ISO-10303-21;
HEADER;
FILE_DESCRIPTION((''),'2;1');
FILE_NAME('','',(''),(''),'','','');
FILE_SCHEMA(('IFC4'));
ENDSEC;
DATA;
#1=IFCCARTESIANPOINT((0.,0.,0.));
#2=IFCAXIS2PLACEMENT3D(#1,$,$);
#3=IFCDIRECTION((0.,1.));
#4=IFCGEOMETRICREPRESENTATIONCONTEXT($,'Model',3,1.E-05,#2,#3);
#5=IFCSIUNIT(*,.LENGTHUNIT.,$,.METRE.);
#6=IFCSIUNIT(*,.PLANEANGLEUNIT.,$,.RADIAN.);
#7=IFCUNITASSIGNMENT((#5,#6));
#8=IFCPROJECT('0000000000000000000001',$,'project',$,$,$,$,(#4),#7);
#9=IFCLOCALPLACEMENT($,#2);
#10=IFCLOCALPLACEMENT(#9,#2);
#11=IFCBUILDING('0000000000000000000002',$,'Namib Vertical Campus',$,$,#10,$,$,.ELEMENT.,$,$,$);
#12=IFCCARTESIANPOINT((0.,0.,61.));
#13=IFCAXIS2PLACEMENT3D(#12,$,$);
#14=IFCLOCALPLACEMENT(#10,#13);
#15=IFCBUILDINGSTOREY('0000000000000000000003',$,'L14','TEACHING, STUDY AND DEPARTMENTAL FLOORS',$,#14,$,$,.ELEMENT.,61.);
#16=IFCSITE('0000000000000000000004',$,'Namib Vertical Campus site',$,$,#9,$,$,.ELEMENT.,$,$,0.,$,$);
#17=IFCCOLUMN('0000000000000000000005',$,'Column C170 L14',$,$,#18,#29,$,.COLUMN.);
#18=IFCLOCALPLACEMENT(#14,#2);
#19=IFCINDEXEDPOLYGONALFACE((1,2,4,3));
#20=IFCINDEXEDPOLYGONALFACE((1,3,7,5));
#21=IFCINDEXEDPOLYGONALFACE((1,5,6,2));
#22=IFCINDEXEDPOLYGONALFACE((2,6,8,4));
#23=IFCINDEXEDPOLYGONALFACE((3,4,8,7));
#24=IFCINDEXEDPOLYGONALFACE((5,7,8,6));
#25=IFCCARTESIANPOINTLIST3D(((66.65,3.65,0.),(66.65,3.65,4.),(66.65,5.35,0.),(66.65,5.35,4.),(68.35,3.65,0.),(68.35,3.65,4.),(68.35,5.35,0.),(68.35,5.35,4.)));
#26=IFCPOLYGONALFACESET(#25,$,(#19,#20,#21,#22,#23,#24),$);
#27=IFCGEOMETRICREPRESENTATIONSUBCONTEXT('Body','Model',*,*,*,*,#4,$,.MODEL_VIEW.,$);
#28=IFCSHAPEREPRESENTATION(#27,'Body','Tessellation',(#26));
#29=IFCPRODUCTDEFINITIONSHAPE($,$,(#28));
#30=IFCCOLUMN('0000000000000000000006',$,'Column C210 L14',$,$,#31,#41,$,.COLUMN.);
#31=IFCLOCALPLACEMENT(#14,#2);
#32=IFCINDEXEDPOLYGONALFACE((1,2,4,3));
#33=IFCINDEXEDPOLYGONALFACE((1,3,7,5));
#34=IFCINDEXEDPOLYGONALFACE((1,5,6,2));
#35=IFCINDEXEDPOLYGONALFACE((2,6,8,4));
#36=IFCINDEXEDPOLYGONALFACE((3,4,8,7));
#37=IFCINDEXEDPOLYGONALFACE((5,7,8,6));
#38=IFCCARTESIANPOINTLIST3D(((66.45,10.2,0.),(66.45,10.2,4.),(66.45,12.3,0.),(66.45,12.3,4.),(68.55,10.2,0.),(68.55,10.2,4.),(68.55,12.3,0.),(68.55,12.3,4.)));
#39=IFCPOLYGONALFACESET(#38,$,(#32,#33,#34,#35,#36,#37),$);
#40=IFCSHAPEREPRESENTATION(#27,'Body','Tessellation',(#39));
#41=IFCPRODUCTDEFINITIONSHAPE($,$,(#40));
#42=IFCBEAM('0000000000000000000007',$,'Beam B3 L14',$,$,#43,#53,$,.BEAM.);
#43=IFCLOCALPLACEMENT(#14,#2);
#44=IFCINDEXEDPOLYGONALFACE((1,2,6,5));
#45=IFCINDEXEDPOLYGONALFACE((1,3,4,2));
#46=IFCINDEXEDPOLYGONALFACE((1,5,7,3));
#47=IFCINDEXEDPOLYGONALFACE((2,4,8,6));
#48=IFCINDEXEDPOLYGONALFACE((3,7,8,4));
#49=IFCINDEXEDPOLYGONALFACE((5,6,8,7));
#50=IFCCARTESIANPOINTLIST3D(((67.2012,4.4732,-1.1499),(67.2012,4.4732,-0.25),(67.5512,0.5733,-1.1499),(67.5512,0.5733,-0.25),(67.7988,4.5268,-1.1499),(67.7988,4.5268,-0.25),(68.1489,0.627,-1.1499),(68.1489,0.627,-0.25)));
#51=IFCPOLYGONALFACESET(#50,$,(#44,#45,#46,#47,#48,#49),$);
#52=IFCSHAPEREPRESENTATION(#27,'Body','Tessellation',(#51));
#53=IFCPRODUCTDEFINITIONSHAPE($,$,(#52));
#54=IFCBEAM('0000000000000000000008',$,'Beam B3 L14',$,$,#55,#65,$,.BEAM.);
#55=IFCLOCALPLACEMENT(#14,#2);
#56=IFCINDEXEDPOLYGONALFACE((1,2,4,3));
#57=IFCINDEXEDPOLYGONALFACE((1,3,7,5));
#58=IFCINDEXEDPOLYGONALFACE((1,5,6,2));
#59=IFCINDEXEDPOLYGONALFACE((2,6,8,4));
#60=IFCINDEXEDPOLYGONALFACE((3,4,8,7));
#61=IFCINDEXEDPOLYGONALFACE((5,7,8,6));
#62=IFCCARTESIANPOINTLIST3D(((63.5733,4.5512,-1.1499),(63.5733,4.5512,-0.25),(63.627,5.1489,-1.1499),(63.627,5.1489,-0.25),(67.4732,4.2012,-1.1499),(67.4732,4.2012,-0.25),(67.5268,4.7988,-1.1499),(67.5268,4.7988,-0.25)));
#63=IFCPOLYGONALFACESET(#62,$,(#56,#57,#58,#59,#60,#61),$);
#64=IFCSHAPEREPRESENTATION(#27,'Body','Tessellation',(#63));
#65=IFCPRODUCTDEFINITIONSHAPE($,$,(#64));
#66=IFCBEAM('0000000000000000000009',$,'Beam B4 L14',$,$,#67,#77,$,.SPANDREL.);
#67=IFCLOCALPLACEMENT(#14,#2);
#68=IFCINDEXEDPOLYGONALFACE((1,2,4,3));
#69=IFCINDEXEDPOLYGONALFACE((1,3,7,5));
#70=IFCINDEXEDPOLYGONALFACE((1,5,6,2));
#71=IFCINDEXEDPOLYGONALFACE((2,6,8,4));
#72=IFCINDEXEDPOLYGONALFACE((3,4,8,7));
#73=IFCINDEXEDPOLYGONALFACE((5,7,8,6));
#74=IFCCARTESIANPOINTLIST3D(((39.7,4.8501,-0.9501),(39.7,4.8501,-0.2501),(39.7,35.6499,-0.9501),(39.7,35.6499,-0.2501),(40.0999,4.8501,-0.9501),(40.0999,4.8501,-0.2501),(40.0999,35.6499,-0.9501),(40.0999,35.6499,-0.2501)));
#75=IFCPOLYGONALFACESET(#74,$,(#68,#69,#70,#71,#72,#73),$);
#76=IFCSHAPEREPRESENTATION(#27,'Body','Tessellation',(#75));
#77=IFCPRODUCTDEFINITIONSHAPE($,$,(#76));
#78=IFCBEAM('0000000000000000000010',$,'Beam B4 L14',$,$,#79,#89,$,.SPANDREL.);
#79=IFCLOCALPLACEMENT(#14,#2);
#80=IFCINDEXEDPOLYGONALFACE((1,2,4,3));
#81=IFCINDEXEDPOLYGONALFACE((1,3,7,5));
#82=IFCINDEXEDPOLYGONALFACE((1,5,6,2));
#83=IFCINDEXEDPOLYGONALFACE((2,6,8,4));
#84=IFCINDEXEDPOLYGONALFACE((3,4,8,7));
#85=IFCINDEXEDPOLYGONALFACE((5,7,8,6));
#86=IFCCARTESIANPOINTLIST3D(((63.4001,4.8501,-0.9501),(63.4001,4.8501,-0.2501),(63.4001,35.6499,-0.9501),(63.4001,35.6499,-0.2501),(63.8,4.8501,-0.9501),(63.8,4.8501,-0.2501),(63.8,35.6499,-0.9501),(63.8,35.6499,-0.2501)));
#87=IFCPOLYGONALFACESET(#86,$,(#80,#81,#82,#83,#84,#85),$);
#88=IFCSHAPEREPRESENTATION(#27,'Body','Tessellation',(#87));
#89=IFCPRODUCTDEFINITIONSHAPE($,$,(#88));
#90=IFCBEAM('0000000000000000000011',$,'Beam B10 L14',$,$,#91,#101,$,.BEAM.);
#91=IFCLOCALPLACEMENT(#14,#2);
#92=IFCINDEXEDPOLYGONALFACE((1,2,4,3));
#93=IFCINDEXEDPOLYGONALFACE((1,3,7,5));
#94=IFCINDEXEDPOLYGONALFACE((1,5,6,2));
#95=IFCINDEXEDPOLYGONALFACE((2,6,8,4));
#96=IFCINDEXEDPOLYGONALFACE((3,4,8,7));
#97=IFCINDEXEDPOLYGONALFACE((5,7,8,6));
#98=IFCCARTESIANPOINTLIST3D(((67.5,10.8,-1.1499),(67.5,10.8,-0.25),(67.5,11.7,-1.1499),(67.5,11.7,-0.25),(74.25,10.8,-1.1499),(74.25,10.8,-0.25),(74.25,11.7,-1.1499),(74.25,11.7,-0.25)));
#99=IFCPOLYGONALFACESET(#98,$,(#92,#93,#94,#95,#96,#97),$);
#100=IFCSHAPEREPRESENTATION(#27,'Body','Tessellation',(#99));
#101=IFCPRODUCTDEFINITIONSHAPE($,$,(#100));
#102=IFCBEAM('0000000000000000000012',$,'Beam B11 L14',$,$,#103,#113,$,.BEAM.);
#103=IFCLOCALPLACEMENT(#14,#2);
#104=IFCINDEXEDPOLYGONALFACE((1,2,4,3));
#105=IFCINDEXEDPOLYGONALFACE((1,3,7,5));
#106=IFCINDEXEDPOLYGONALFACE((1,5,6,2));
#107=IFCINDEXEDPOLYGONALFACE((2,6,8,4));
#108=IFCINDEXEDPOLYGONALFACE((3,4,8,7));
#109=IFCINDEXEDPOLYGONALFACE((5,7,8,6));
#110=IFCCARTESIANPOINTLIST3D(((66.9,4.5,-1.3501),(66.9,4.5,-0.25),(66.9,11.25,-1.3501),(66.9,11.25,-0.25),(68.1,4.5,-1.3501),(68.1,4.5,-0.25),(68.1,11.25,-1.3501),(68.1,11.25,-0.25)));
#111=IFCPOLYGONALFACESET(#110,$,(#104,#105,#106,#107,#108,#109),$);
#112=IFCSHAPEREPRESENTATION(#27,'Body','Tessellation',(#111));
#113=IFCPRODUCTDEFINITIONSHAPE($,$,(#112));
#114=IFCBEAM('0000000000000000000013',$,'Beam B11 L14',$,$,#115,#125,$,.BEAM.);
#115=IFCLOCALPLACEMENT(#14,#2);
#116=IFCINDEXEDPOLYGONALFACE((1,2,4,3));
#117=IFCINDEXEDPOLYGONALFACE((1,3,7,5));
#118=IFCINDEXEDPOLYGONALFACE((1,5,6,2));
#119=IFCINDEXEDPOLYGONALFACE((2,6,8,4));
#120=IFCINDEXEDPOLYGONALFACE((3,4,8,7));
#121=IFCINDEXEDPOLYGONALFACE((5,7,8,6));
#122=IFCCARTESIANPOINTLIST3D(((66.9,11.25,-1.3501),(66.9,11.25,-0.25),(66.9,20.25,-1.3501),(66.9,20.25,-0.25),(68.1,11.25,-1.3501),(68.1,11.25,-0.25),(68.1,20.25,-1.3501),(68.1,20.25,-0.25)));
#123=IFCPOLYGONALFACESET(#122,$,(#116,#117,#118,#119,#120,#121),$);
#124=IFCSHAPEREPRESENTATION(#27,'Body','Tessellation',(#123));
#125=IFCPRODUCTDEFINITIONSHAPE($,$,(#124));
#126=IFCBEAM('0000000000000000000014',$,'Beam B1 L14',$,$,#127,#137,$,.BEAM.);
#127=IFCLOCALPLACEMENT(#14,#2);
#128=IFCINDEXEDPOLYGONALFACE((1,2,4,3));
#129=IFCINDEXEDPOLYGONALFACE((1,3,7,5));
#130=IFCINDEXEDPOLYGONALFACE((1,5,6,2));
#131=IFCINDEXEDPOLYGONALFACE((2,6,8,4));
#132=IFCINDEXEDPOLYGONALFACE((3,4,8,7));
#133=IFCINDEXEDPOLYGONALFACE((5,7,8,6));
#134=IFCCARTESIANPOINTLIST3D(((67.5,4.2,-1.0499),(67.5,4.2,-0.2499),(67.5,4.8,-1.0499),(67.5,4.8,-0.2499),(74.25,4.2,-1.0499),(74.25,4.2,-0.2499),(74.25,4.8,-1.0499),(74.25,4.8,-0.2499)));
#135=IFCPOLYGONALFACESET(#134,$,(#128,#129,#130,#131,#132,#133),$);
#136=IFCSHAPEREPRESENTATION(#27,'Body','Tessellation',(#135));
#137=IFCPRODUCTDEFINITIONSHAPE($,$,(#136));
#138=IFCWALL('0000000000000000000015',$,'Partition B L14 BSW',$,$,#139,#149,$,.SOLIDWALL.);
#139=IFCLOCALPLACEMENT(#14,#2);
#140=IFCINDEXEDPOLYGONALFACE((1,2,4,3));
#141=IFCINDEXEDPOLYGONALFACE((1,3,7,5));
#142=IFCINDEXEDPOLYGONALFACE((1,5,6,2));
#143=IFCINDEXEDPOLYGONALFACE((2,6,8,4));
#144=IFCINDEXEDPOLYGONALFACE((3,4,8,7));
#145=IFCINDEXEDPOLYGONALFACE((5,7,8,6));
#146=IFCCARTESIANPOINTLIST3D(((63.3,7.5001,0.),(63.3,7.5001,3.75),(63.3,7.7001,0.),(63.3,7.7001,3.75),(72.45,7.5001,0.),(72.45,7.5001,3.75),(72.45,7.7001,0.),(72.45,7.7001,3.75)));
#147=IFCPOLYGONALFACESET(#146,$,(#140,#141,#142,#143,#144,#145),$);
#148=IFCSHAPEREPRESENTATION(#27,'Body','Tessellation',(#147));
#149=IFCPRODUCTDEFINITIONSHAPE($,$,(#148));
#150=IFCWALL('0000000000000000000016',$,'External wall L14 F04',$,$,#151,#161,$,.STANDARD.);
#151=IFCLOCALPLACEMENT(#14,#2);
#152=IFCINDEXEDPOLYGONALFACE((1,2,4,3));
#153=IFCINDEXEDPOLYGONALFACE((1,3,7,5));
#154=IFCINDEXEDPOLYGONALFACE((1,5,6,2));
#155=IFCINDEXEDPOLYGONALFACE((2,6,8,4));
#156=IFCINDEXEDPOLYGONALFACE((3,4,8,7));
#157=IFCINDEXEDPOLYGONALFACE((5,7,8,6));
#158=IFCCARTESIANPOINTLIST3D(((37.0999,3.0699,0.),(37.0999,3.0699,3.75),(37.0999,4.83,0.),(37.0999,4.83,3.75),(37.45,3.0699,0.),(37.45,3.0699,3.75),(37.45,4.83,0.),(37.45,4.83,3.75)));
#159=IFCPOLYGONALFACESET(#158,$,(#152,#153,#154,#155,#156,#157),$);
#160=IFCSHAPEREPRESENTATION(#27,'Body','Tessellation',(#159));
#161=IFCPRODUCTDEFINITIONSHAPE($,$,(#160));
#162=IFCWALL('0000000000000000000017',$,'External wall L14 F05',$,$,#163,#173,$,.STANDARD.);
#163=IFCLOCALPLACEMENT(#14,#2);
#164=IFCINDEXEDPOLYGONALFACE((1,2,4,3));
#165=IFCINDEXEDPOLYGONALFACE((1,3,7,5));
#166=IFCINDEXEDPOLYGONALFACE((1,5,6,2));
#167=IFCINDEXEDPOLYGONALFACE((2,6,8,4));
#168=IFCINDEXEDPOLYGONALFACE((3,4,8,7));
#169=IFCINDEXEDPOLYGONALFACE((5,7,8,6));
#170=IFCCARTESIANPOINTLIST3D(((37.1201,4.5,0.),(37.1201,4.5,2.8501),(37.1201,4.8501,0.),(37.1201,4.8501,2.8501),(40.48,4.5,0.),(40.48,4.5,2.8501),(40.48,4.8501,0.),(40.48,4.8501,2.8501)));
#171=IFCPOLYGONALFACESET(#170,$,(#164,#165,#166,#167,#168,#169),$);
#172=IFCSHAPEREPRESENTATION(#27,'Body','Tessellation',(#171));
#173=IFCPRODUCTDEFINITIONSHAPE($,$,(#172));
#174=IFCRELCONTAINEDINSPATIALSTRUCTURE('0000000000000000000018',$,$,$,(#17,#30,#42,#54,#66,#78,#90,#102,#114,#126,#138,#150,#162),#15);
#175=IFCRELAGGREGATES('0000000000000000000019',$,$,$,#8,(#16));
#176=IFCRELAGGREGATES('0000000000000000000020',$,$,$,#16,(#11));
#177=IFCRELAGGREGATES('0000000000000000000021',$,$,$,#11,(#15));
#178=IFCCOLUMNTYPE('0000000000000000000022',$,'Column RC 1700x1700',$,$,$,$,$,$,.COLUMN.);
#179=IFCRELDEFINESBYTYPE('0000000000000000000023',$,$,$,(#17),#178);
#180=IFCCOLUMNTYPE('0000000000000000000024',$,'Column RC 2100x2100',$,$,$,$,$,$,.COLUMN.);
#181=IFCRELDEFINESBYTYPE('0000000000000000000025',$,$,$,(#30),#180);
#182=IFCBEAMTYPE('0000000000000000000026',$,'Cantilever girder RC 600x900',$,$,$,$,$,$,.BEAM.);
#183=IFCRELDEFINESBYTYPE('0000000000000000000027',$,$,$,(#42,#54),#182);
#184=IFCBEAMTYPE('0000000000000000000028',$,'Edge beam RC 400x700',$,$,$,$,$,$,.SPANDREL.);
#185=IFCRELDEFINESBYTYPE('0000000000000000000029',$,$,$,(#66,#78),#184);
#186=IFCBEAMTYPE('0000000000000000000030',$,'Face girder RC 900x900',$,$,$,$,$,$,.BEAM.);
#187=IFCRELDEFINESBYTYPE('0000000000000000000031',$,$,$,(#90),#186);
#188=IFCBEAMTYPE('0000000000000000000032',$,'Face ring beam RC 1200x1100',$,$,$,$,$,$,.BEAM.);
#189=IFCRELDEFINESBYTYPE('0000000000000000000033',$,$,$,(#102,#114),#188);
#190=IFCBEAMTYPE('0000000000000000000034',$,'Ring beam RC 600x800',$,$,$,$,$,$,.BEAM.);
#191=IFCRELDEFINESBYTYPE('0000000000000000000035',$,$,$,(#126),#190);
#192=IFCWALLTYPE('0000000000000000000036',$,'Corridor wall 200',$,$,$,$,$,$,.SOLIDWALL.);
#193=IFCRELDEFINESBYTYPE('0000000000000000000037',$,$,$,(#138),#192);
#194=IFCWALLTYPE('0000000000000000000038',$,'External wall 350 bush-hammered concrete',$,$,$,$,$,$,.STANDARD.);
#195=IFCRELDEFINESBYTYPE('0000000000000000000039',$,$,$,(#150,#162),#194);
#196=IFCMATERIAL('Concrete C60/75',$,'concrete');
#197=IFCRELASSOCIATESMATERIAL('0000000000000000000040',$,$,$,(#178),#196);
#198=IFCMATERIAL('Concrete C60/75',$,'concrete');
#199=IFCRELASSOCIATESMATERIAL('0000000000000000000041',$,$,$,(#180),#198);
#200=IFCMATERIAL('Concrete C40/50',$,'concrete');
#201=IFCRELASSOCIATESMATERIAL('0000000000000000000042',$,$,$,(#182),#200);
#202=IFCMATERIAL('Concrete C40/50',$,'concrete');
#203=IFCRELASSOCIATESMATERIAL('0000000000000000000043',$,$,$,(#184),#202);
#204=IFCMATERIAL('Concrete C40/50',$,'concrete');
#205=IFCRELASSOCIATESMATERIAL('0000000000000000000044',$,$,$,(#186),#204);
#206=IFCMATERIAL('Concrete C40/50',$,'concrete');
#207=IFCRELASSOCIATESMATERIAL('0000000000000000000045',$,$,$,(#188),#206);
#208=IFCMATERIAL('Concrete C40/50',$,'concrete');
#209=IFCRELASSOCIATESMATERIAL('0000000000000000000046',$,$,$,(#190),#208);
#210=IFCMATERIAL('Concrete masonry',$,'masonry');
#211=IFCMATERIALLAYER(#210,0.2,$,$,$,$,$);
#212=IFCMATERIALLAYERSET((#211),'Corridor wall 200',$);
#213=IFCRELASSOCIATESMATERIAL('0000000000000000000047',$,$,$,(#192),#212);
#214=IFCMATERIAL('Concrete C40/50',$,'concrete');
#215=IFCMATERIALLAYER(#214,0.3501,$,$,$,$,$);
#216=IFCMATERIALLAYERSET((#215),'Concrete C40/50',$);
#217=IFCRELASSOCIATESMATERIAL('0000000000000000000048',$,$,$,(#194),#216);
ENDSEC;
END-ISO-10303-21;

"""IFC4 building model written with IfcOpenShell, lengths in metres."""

from ifc_helpers import new_model, si_unit, direction, frame, frame_2d, origin, origin_2d, place, context, subcontext, project, spatial, rectangle, extrude, material, layer, layer_set, material_profile, profile_set, type_object, element, save


model = new_model("IFC4")

# Units and contexts
model_context = context("Model", 3, precision=1e-05, world=origin(), true_north=direction((0.0, 1.0)))
body_context = subcontext(model_context, "Body", "Model", "MODEL_VIEW")
ifc_project = project(units=[si_unit("LENGTHUNIT", "METRE"), si_unit("PLANEANGLEUNIT", "RADIAN")], contexts=[model_context])

# Site, building, storey
site_placement = place(None, origin())
site = spatial("IfcSite", under=ifc_project, at=site_placement, Name="Namib Vertical Campus site", CompositionType="ELEMENT", RefElevation=0.0)
building_placement = place(site_placement, origin())
building = spatial("IfcBuilding", under=site, at=building_placement, Name="Namib Vertical Campus", CompositionType="ELEMENT")
storey_placement = place(building_placement, frame((0.0, 0.0, 61.0)))
storey = spatial("IfcBuildingStorey", under=building, at=storey_placement, Name="L14", Description="TEACHING, STUDY AND DEPARTMENTAL FLOORS", CompositionType="ELEMENT", Elevation=61.0)

# Columns
ifc_material_1 = material(Name="Concrete C60/75", Category="concrete")
ifc_material_profile_1 = material_profile(ifc_material_1, rectangle(XDim=1.7, YDim=1.7, at=origin_2d()))
ifc_profile_set_1 = profile_set([ifc_material_profile_1], Name="Concrete C60/75")
column_type_1 = type_object("IfcColumnType", Name="Column RC 1700x1700", PredefinedType="COLUMN", material=ifc_profile_set_1)
column_1_placement = place(storey_placement, frame((67.5, 4.5, 0.0), z_axis=(0.0, 0.0, 1.0), x_axis=(1.0, 0.0, 0.0)))
element("IfcColumn", 1, at=column_1_placement, inside=storey, type_object=column_type_1, Name="Column C170 L14", PredefinedType="COLUMN", context=body_context, shape_type="SweptSolid", body=[
    extrude(rectangle(XDim=1.7, YDim=1.7, at=origin_2d()), origin(), (0.0, 0.0, 1.0), 4.0),
])
ifc_material_2 = material(Name="Concrete C60/75", Category="concrete")
ifc_material_profile_2 = material_profile(ifc_material_2, rectangle(XDim=2.1001, YDim=2.1001, at=origin_2d()))
ifc_profile_set_2 = profile_set([ifc_material_profile_2], Name="Concrete C60/75")
column_type_2 = type_object("IfcColumnType", Name="Column RC 2100x2100", PredefinedType="COLUMN", material=ifc_profile_set_2)
column_2_placement = place(storey_placement, frame((67.5, 11.25, 0.0), z_axis=(0.0, 0.0, 1.0), x_axis=(1.0, 0.0, 0.0)))
element("IfcColumn", 2, at=column_2_placement, inside=storey, type_object=column_type_2, Name="Column C210 L14", PredefinedType="COLUMN", context=body_context, shape_type="SweptSolid", body=[
    extrude(rectangle(XDim=2.1001, YDim=2.1001, at=origin_2d()), origin(), (0.0, 0.0, 1.0), 4.0),
])

# Beams
ifc_material_3 = material(Name="Concrete C40/50", Category="concrete")
ifc_material_profile_3 = material_profile(ifc_material_3, rectangle(XDim=0.6001, YDim=0.8999, at=origin_2d()))
ifc_profile_set_3 = profile_set([ifc_material_profile_3], Name="Concrete C40/50")
beam_type_1 = type_object("IfcBeamType", Name="Cantilever girder RC 600x900", PredefinedType="BEAM", material=ifc_profile_set_3)
for number, where, z_axis, x_axis, name in (
    (3, (67.5, 4.5, -0.7), (0.089411, -0.995995, 0.0), (0.995995, 0.089411, 0.0), "Beam B3 L14"),
    (4, (67.5, 4.5, -0.7), (-0.995995, 0.089411, 0.0), (-0.089411, -0.995995, 0.0), "Beam B3 L14"),
):
    element("IfcBeam", number, at=place(storey_placement, frame(where, z_axis=z_axis, x_axis=x_axis)), inside=storey, type_object=beam_type_1, Name=name, PredefinedType="BEAM", context=body_context, shape_type="SweptSolid", body=[
        extrude(rectangle(XDim=0.6001, YDim=0.8999, at=origin_2d()), origin(), (0.0, 0.0, 1.0), 3.9155),
    ])
ifc_material_4 = material(Name="Concrete C40/50", Category="concrete")
ifc_material_profile_4 = material_profile(ifc_material_4, rectangle(XDim=0.3999, YDim=0.7, at=origin_2d()))
ifc_profile_set_4 = profile_set([ifc_material_profile_4], Name="Concrete C40/50")
beam_type_2 = type_object("IfcBeamType", Name="Edge beam RC 400x700", PredefinedType="SPANDREL", material=ifc_profile_set_4)
for number, where, z_axis, x_axis, name in (
    (5, (39.8999, 4.8501, -0.6001), (0.0, 1.0, 0.0), (-1.0, 0.0, 0.0), "Beam B4 L14"),
    (6, (63.6001, 4.8501, -0.6001), (0.0, 1.0, 0.0), (-1.0, 0.0, 0.0), "Beam B4 L14"),
):
    element("IfcBeam", number, at=place(storey_placement, frame(where, z_axis=z_axis, x_axis=x_axis)), inside=storey, type_object=beam_type_2, Name=name, PredefinedType="SPANDREL", context=body_context, shape_type="SweptSolid", body=[
        extrude(rectangle(XDim=0.3999, YDim=0.7, at=origin_2d()), origin(), (0.0, 0.0, 1.0), 30.7998),
    ])
ifc_material_5 = material(Name="Concrete C40/50", Category="concrete")
ifc_material_profile_5 = material_profile(ifc_material_5, rectangle(XDim=0.8999, YDim=0.8999, at=origin_2d()))
ifc_profile_set_5 = profile_set([ifc_material_profile_5], Name="Concrete C40/50")
beam_type_3 = type_object("IfcBeamType", Name="Face girder RC 900x900", PredefinedType="BEAM", material=ifc_profile_set_5)
beam_1_placement = place(storey_placement, frame((67.5, 11.25, -0.7), z_axis=(1.0, 0.0, 0.0), x_axis=(0.0, 1.0, 0.0)))
element("IfcBeam", 7, at=beam_1_placement, inside=storey, type_object=beam_type_3, Name="Beam B10 L14", PredefinedType="BEAM", context=body_context, shape_type="SweptSolid", body=[
    extrude(rectangle(XDim=0.8999, YDim=0.8999, at=origin_2d()), origin(), (0.0, 0.0, 1.0), 6.75),
])
ifc_material_6 = material(Name="Concrete C40/50", Category="concrete")
ifc_material_profile_6 = material_profile(ifc_material_6, rectangle(XDim=1.2, YDim=1.1001, at=origin_2d()))
ifc_profile_set_6 = profile_set([ifc_material_profile_6], Name="Concrete C40/50")
beam_type_4 = type_object("IfcBeamType", Name="Face ring beam RC 1200x1100", PredefinedType="BEAM", material=ifc_profile_set_6)
beam_2_placement = place(storey_placement, frame((67.5, 4.5, -0.8), z_axis=(0.0, 1.0, 0.0), x_axis=(-1.0, 0.0, 0.0)))
element("IfcBeam", 8, at=beam_2_placement, inside=storey, type_object=beam_type_4, Name="Beam B11 L14", PredefinedType="BEAM", context=body_context, shape_type="SweptSolid", body=[
    extrude(rectangle(XDim=1.2, YDim=1.1001, at=origin_2d()), origin(), (0.0, 0.0, 1.0), 6.75),
])
beam_3_placement = place(storey_placement, frame((67.5, 11.25, -0.8), z_axis=(0.0, 1.0, 0.0), x_axis=(-1.0, 0.0, 0.0)))
element("IfcBeam", 9, at=beam_3_placement, inside=storey, type_object=beam_type_4, Name="Beam B11 L14", PredefinedType="BEAM", context=body_context, shape_type="SweptSolid", body=[
    extrude(rectangle(XDim=1.2, YDim=1.1001, at=origin_2d()), origin(), (0.0, 0.0, 1.0), 9.0),
])
ifc_material_7 = material(Name="Concrete C40/50", Category="concrete")
ifc_material_profile_7 = material_profile(ifc_material_7, rectangle(XDim=0.6001, YDim=0.8, at=origin_2d()))
ifc_profile_set_7 = profile_set([ifc_material_profile_7], Name="Concrete C40/50")
beam_type_5 = type_object("IfcBeamType", Name="Ring beam RC 600x800", PredefinedType="BEAM", material=ifc_profile_set_7)
beam_4_placement = place(storey_placement, frame((67.5, 4.5, -0.6499), z_axis=(1.0, 0.0, 0.0), x_axis=(0.0, 1.0, 0.0)))
element("IfcBeam", 10, at=beam_4_placement, inside=storey, type_object=beam_type_5, Name="Beam B1 L14", PredefinedType="BEAM", context=body_context, shape_type="SweptSolid", body=[
    extrude(rectangle(XDim=0.6001, YDim=0.8, at=origin_2d()), origin(), (0.0, 0.0, 1.0), 6.75),
])

# Walls
ifc_material_8 = material(Name="Concrete masonry", Category="masonry")
ifc_layer_1 = layer(ifc_material_8, 0.2)
ifc_layer_set_1 = layer_set([ifc_layer_1], Name="Corridor wall 200")
wall_type_1 = type_object("IfcWallType", Name="Corridor wall 200", PredefinedType="SOLIDWALL", material=ifc_layer_set_1)
wall_1_placement = place(storey_placement, frame((63.3, 7.6001, 0.0), z_axis=(0.0, 0.0, 1.0), x_axis=(1.0, 0.0, 0.0)))
element("IfcWall", 11, at=wall_1_placement, inside=storey, type_object=wall_type_1, Name="Partition B L14 BSW", PredefinedType="SOLIDWALL", context=body_context, shape_type="SweptSolid", body=[
    extrude(rectangle(XDim=9.1499, YDim=0.2, at=frame_2d((4.575, 0.0))), origin(), (0.0, 0.0, 1.0), 3.75),
])
ifc_material_9 = material(Name="Concrete C40/50", Category="concrete")
ifc_layer_2 = layer(ifc_material_9, 0.3501)
ifc_layer_set_2 = layer_set([ifc_layer_2], Name="Concrete C40/50")
wall_type_2 = type_object("IfcWallType", Name="External wall 350 bush-hammered concrete", PredefinedType="STANDARD", material=ifc_layer_set_2)
wall_2_placement = place(storey_placement, frame((37.2749, 3.0701, 0.0), z_axis=(0.0, 0.0, 1.0), x_axis=(0.0, 1.0, 0.0)))
element("IfcWall", 12, at=wall_2_placement, inside=storey, type_object=wall_type_2, Name="External wall L14 F04", PredefinedType="STANDARD", context=body_context, shape_type="SweptSolid", body=[
    extrude(rectangle(XDim=1.76, YDim=0.3501, at=frame_2d((0.8799, 0.0))), origin(), (0.0, 0.0, 1.0), 3.75),
])
wall_3_placement = place(storey_placement, frame((37.1201, 4.675, 0.0), z_axis=(0.0, 0.0, 1.0), x_axis=(1.0, 0.0, 0.0)))
element("IfcWall", 13, at=wall_3_placement, inside=storey, type_object=wall_type_2, Name="External wall L14 F05", PredefinedType="STANDARD", context=body_context, shape_type="SweptSolid", body=[
    extrude(rectangle(XDim=3.3599, YDim=0.3501, at=frame_2d((1.6799, 0.0))), origin(), (0.0, 0.0, 1.0), 2.8501),
])

save(model, "model.ifc")
